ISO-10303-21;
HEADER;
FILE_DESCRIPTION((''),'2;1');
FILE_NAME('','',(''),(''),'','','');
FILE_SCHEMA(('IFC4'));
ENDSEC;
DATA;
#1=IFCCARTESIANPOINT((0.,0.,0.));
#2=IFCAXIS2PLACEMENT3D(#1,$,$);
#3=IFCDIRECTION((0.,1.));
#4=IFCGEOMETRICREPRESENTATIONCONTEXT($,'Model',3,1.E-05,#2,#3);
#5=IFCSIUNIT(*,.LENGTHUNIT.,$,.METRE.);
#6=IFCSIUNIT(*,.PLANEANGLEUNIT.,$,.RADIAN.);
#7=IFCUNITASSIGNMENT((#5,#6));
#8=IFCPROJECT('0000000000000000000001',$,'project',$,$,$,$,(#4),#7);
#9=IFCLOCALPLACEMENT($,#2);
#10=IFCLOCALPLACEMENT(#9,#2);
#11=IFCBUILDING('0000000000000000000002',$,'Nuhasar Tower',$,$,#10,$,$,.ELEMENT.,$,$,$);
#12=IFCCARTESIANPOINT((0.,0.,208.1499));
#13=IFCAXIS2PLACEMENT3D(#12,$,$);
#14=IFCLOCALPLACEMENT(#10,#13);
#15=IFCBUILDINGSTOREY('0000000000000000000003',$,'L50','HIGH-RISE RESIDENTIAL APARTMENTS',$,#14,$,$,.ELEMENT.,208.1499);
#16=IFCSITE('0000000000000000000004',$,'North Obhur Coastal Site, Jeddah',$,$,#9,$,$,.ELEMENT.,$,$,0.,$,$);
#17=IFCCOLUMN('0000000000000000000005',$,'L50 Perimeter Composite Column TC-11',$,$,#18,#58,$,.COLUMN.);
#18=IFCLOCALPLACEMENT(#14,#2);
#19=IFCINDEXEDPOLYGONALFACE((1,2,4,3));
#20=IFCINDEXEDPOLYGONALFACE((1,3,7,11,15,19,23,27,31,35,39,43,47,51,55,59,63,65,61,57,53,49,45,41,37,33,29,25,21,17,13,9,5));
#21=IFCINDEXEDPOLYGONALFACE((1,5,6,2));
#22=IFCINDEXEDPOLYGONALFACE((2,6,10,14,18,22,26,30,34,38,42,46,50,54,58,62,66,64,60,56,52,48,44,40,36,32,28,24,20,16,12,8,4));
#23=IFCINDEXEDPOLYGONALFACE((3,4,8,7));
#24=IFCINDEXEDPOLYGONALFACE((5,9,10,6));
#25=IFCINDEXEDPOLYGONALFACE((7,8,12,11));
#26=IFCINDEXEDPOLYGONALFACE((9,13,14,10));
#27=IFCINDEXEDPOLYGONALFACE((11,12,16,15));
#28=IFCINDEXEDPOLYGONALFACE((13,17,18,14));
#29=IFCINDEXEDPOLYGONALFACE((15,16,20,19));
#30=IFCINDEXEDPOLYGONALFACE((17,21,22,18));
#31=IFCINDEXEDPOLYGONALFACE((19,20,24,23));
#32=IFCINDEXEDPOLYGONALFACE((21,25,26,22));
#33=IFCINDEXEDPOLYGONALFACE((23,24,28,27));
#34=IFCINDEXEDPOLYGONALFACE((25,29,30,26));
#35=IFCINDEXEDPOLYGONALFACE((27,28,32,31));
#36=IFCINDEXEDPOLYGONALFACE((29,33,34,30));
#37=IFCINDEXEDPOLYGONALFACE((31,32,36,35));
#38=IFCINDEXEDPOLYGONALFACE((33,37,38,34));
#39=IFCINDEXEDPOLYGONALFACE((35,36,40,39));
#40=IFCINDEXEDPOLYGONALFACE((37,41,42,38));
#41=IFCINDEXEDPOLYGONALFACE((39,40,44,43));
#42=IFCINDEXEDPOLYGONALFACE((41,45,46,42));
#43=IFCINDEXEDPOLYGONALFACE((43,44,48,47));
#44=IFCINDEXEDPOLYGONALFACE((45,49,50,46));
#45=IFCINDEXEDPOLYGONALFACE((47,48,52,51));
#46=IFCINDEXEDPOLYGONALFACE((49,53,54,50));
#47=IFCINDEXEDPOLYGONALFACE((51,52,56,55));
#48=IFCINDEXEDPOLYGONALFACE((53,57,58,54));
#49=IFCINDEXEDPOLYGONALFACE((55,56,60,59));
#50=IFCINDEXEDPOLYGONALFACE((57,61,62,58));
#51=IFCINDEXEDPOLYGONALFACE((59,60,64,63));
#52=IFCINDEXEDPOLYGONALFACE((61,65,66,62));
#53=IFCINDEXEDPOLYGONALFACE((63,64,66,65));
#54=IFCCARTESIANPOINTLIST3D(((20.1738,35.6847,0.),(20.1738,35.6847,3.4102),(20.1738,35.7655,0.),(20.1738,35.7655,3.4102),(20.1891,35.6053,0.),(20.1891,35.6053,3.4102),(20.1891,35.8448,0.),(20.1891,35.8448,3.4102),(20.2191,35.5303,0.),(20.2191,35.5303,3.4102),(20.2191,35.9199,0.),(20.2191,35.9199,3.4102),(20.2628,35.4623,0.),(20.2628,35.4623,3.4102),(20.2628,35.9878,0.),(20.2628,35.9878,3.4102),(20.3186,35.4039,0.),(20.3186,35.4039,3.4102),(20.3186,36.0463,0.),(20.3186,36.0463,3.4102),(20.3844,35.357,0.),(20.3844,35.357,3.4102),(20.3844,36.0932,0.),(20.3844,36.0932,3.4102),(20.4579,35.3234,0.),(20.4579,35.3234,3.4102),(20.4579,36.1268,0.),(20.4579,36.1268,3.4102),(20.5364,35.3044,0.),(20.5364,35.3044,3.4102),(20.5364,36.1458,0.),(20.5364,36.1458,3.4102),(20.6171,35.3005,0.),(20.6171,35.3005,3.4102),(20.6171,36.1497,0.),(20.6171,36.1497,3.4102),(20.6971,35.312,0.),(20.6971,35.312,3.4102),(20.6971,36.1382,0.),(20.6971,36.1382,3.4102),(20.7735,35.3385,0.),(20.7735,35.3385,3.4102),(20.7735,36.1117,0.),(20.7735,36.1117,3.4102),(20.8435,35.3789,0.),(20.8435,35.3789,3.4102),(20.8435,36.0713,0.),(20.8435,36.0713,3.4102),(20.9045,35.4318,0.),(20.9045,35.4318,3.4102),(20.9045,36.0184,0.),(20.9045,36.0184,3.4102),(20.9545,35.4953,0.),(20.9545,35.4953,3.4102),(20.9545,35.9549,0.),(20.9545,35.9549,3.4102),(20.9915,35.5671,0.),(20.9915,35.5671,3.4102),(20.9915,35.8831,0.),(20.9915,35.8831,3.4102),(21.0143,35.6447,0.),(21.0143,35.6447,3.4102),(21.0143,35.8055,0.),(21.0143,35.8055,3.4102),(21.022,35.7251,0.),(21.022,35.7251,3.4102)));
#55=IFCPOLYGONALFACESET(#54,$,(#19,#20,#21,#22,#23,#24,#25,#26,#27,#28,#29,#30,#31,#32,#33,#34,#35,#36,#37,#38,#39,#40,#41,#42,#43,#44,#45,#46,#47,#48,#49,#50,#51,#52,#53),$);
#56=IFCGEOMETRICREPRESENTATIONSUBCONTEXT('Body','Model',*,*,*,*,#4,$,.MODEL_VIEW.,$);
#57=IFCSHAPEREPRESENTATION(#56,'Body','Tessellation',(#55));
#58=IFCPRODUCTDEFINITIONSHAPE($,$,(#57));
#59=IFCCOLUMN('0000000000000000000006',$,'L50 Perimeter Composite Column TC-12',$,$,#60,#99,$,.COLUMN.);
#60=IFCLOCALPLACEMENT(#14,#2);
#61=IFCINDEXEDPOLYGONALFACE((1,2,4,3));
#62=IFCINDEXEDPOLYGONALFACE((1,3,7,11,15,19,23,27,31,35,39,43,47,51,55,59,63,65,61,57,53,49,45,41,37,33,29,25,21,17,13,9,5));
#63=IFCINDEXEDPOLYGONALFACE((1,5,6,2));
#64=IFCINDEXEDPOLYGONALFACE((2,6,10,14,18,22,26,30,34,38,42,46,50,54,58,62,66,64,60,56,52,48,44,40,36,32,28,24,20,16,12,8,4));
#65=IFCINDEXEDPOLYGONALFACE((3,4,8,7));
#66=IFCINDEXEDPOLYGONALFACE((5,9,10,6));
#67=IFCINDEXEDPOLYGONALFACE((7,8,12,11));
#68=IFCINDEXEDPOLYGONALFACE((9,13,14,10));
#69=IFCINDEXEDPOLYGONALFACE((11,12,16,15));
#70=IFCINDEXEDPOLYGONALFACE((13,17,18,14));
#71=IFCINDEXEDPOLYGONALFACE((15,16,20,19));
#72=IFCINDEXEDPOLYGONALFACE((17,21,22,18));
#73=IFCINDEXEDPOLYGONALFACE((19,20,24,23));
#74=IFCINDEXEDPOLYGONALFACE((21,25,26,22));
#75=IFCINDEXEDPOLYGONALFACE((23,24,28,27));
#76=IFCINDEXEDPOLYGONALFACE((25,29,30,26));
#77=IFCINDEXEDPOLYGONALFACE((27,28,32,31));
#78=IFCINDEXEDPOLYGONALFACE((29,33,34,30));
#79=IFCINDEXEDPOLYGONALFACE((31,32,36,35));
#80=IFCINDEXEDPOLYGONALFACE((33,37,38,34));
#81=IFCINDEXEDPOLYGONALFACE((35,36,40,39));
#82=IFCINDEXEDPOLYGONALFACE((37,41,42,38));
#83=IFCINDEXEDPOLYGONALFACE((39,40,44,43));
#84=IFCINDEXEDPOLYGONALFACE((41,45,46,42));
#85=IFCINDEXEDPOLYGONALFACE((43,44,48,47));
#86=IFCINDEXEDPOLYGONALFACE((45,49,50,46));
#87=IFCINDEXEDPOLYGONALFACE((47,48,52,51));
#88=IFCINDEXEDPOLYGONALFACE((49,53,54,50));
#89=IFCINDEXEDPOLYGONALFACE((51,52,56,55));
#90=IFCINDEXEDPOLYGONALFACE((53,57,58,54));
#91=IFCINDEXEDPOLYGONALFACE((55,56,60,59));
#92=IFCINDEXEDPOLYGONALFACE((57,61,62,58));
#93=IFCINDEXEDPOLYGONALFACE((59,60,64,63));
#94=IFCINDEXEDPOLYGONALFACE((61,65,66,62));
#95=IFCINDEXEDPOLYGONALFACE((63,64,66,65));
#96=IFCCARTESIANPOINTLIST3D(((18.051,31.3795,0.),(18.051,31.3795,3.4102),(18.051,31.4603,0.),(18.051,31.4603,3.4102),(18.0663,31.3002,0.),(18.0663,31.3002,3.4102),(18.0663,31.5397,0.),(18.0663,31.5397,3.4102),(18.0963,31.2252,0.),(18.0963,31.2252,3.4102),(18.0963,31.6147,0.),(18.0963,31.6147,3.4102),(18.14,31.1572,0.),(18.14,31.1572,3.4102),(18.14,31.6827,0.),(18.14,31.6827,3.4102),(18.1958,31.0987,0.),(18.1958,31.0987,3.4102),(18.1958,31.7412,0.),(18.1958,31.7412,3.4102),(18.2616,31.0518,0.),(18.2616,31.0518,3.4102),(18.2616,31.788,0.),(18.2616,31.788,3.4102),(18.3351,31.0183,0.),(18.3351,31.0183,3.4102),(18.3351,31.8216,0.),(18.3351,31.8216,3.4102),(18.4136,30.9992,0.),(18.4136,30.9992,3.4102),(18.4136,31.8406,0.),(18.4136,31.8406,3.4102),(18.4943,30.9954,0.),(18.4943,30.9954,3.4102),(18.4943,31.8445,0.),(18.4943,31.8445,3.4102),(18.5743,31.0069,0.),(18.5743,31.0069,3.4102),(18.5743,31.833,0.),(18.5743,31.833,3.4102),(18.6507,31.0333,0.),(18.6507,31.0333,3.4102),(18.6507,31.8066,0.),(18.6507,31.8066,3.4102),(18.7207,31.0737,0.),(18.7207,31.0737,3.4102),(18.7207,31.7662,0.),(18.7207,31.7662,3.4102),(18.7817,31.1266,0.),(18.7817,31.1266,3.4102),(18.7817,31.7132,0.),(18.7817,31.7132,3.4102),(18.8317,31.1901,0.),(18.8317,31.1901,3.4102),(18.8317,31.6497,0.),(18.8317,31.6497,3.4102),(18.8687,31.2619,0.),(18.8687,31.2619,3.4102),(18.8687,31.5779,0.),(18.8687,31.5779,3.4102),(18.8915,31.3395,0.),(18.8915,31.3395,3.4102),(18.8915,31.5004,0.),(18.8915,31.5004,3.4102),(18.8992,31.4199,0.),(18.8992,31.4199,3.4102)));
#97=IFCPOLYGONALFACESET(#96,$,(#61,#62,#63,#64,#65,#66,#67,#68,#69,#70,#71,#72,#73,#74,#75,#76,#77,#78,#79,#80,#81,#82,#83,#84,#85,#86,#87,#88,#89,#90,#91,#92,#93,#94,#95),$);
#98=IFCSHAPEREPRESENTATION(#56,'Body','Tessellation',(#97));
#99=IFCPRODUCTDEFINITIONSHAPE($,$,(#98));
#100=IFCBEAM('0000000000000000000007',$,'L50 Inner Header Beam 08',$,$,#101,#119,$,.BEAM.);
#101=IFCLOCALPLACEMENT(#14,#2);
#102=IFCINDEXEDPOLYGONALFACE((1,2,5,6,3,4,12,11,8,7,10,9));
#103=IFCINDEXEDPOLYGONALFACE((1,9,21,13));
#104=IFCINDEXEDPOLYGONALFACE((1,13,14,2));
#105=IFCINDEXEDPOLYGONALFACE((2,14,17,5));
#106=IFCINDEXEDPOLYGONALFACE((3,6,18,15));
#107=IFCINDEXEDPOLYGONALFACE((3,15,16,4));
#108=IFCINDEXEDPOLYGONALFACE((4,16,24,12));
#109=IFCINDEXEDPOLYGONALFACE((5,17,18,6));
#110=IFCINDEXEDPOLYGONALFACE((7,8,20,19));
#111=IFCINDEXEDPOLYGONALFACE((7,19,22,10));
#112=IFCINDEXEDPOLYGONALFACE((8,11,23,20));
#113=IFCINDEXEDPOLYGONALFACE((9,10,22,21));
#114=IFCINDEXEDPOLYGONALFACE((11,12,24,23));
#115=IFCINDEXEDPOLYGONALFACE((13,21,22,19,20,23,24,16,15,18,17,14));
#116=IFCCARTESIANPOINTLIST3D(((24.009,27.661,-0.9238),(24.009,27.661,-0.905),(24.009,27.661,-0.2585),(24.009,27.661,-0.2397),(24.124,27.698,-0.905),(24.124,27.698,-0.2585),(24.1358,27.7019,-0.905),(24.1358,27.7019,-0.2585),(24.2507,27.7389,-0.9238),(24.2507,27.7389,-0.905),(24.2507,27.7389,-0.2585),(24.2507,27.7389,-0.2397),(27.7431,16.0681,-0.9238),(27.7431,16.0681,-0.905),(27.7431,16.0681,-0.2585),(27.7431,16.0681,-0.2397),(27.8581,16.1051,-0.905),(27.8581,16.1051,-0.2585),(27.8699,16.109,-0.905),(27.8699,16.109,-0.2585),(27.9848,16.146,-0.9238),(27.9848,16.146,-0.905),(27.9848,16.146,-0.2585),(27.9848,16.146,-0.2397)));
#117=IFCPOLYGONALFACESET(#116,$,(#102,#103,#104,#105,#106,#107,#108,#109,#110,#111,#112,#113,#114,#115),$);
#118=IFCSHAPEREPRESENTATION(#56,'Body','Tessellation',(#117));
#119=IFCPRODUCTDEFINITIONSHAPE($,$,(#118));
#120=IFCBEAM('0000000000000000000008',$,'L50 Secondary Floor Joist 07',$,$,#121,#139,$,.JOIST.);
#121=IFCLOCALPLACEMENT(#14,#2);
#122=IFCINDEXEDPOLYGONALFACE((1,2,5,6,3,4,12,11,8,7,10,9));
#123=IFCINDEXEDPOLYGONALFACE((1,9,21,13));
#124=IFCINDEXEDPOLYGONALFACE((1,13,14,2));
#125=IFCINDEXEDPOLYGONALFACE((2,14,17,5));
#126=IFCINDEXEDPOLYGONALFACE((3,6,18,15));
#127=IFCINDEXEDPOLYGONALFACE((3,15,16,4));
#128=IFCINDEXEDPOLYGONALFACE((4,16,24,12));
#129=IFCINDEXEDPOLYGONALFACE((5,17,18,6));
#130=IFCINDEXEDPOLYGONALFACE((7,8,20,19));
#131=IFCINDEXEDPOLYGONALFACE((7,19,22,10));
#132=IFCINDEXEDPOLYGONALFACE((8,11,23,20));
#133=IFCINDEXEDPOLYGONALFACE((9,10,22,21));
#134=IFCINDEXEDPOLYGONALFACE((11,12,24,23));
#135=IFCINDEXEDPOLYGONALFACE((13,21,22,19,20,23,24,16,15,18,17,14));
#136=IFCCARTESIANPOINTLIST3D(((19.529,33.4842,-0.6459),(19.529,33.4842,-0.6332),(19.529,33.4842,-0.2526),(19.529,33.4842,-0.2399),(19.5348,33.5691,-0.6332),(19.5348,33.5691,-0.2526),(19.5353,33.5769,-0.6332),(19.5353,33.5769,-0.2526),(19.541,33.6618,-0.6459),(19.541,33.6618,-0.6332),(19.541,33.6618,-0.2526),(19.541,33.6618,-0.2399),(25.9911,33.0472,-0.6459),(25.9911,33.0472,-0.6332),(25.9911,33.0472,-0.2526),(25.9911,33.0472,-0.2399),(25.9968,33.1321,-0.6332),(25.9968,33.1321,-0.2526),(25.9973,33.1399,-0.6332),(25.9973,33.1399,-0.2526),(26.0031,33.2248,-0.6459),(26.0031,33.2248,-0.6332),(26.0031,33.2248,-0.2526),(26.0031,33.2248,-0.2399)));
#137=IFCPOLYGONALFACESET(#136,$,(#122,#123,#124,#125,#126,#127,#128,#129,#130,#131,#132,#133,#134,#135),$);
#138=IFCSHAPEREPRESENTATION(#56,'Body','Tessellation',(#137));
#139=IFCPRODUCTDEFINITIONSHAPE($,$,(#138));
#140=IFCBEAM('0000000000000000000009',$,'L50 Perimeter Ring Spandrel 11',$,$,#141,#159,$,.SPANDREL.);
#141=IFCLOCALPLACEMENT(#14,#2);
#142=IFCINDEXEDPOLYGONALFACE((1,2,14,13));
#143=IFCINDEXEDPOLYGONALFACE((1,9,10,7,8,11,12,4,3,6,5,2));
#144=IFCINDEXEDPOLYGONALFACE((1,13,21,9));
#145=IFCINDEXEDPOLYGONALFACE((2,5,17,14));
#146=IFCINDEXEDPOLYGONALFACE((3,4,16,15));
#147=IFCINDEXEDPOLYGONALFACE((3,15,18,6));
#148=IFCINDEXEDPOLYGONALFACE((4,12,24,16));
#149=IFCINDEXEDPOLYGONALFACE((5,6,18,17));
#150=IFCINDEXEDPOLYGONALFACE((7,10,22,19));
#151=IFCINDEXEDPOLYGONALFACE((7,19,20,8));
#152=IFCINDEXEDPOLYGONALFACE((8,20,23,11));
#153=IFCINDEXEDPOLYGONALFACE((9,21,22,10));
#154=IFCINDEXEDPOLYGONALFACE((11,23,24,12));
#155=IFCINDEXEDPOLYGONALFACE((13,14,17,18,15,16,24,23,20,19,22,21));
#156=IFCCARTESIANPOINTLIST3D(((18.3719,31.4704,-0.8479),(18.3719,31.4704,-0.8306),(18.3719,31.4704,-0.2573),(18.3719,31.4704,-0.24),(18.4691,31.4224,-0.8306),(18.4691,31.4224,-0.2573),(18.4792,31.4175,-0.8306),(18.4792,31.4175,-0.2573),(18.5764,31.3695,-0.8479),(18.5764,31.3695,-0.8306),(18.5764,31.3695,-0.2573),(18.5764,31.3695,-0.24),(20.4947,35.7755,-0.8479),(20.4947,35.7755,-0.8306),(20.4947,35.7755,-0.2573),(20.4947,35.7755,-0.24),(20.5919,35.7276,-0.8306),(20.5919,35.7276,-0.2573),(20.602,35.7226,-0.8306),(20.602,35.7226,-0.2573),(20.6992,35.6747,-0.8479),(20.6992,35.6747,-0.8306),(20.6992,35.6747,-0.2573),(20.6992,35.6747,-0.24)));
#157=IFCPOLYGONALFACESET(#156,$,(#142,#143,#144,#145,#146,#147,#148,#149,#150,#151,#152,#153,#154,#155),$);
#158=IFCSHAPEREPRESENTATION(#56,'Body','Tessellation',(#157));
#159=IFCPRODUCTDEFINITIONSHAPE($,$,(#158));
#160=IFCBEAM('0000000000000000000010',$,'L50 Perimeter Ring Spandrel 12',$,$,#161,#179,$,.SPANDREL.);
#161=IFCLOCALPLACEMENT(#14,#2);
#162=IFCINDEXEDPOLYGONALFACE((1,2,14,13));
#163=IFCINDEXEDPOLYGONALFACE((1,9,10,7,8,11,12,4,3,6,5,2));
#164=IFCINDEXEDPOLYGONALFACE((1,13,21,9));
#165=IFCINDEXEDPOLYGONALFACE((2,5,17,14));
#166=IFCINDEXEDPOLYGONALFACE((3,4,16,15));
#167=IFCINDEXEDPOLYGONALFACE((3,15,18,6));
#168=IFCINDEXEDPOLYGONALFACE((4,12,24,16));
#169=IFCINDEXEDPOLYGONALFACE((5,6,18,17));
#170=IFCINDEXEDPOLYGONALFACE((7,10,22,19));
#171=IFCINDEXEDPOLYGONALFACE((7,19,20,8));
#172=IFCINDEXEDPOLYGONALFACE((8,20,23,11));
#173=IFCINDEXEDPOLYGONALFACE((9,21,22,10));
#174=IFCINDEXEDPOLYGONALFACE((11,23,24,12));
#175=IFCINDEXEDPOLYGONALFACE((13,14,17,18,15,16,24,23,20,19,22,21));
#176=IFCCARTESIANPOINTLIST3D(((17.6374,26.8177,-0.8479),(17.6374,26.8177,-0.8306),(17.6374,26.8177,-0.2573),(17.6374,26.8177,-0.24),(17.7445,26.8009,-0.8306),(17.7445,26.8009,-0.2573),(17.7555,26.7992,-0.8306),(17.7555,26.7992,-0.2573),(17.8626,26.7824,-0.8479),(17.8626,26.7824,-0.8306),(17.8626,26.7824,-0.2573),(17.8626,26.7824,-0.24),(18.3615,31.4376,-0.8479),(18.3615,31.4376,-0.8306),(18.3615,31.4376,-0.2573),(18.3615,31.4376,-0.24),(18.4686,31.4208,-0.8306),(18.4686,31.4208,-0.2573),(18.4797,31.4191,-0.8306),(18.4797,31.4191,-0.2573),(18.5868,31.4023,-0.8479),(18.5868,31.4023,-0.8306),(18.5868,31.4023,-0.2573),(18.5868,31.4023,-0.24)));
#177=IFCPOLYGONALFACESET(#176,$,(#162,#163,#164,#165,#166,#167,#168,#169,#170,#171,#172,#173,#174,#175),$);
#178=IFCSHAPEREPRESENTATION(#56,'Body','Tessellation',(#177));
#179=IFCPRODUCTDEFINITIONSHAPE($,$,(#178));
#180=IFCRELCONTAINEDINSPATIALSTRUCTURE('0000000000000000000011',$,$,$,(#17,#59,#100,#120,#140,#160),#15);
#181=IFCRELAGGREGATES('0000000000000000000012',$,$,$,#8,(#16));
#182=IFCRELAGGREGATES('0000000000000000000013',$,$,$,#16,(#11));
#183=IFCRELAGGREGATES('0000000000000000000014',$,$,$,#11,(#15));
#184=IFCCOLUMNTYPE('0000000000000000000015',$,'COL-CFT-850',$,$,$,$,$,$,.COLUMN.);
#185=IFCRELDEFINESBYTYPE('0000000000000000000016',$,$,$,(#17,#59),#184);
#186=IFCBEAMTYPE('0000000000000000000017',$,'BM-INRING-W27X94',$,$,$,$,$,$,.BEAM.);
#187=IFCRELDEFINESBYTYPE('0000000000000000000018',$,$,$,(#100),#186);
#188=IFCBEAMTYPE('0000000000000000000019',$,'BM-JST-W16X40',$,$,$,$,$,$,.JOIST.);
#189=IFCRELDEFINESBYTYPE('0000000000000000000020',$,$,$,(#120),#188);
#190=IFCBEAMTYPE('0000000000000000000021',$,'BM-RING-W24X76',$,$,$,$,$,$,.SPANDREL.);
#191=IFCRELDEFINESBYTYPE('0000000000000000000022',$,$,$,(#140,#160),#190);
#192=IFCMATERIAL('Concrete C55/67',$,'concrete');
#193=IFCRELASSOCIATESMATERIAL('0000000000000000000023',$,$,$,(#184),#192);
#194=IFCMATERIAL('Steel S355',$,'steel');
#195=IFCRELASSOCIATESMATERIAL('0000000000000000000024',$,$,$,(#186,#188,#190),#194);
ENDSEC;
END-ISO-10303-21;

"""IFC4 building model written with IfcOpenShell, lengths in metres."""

from ifc_helpers import new_model, si_unit, direction, frame, origin, origin_2d, place, context, subcontext, project, spatial, circle, i_section, extrude, material, material_profile, profile_set, type_object, element, save


model = new_model("IFC4")

# Units and contexts
model_context = context("Model", 3, precision=1e-05, world=origin(), true_north=direction((0.0, 1.0)))
body_context = subcontext(model_context, "Body", "Model", "MODEL_VIEW")
ifc_project = project(units=[si_unit("LENGTHUNIT", "METRE"), si_unit("PLANEANGLEUNIT", "RADIAN")], contexts=[model_context])

# Site, building, storey
site_placement = place(None, origin())
site = spatial("IfcSite", under=ifc_project, at=site_placement, Name="North Obhur Coastal Site, Jeddah", CompositionType="ELEMENT", RefElevation=0.0)
building_placement = place(site_placement, origin())
building = spatial("IfcBuilding", under=site, at=building_placement, Name="Nuhasar Tower", CompositionType="ELEMENT")
storey_placement = place(building_placement, frame((0.0, 0.0, 208.1499)))
storey = spatial("IfcBuildingStorey", under=building, at=storey_placement, Name="L50", Description="HIGH-RISE RESIDENTIAL APARTMENTS", CompositionType="ELEMENT", Elevation=208.1499)

# Columns
ifc_material_1 = material(Name="Concrete C55/67", Category="concrete")
ifc_material_profile_1 = material_profile(ifc_material_1, circle(Radius=0.425, at=origin_2d()), Name="CFT850")
ifc_profile_set_1 = profile_set([ifc_material_profile_1], Name="Concrete C55/67")
column_type = type_object("IfcColumnType", Name="COL-CFT-850", PredefinedType="COLUMN", material=ifc_profile_set_1)
for number, where, z_axis, x_axis, name in (
    (1, (20.5969, 35.7251, 0.0), (0.0, 0.0, 1.0), (1.0, 0.0, 0.0), "L50 Perimeter Composite Column TC-11"),
    (2, (18.4741, 31.4199, 0.0), (0.0, 0.0, 1.0), (1.0, 0.0, 0.0), "L50 Perimeter Composite Column TC-12"),
):
    element("IfcColumn", number, at=place(storey_placement, frame(where, z_axis=z_axis, x_axis=x_axis)), inside=storey, type_object=column_type, Name=name, PredefinedType="COLUMN", context=body_context, shape_type="SweptSolid", body=[
        extrude(circle(Radius=0.425, at=origin_2d()), origin(), (0.0, 0.0, 1.0), 3.4102),
    ])

# Beams
ifc_material_2 = material(Name="Steel S355", Category="steel")
ifc_material_profile_2 = material_profile(ifc_material_2, i_section(OverallWidth=0.2539, OverallDepth=0.6841, WebThickness=0.0125, FlangeThickness=0.0188, at=origin_2d()), Name="W27X94")
ifc_profile_set_2 = profile_set([ifc_material_profile_2], Name="Steel S355")
beam_type_1 = type_object("IfcBeamType", Name="BM-INRING-W27X94", PredefinedType="BEAM", material=ifc_profile_set_2)
beam_1_placement = place(storey_placement, frame((24.1299, 27.7, -0.5818), z_axis=(0.30659, -0.951842, 0.0), x_axis=(0.951842, 0.30659, 0.0)))
element("IfcBeam", 3, at=beam_1_placement, inside=storey, type_object=beam_type_1, Name="L50 Inner Header Beam 08", PredefinedType="BEAM", context=body_context, shape_type="SweptSolid", body=[
    extrude(i_section(OverallWidth=0.2539, OverallDepth=0.6841, WebThickness=0.0125, FlangeThickness=0.0188, at=origin_2d()), origin(), (0.0, 0.0, 1.0), 12.1794),
])
ifc_material_profile_3 = material_profile(ifc_material_2, i_section(OverallWidth=0.178, OverallDepth=0.406, WebThickness=0.0078, FlangeThickness=0.0127, at=origin_2d()), Name="W16X40")
ifc_profile_set_3 = profile_set([ifc_material_profile_3], Name="Steel S355")
beam_type_2 = type_object("IfcBeamType", Name="BM-JST-W16X40", PredefinedType="JOIST", material=ifc_profile_set_3)
beam_2_placement = place(storey_placement, frame((25.9971, 33.136, -0.4429), z_axis=(-0.997721, 0.067472, 0.0), x_axis=(-0.067472, -0.997721, 0.0)))
element("IfcBeam", 4, at=beam_2_placement, inside=storey, type_object=beam_type_2, Name="L50 Secondary Floor Joist 07", PredefinedType="JOIST", context=body_context, shape_type="SweptSolid", body=[
    extrude(i_section(OverallWidth=0.178, OverallDepth=0.406, WebThickness=0.0078, FlangeThickness=0.0127, at=origin_2d()), origin(), (0.0, 0.0, 1.0), 6.4768),
])
ifc_material_profile_4 = material_profile(ifc_material_2, i_section(OverallWidth=0.228, OverallDepth=0.6079, WebThickness=0.0112, FlangeThickness=0.0173, at=origin_2d()), Name="W24X76")
ifc_profile_set_4 = profile_set([ifc_material_profile_4], Name="Steel S355")
beam_type_3 = type_object("IfcBeamType", Name="BM-RING-W24X76", PredefinedType="SPANDREL", material=ifc_profile_set_4)
beam_3_placement = place(storey_placement, frame((20.5969, 35.7251, -0.5439), z_axis=(-0.442243, -0.896895, 0.0), x_axis=(0.896895, -0.442243, 0.0)))
element("IfcBeam", 5, at=beam_3_placement, inside=storey, type_object=beam_type_3, Name="L50 Perimeter Ring Spandrel 11", PredefinedType="SPANDREL", context=body_context, shape_type="SweptSolid", body=[
    extrude(i_section(OverallWidth=0.228, OverallDepth=0.6079, WebThickness=0.0112, FlangeThickness=0.0173, at=origin_2d()), origin(), (0.0, 0.0, 1.0), 4.8),
])
beam_4_placement = place(storey_placement, frame((18.4741, 31.4199, -0.5439), z_axis=(-0.15485, -0.987938, 0.0), x_axis=(0.987938, -0.15485, 0.0)))
element("IfcBeam", 6, at=beam_4_placement, inside=storey, type_object=beam_type_3, Name="L50 Perimeter Ring Spandrel 12", PredefinedType="SPANDREL", context=body_context, shape_type="SweptSolid", body=[
    extrude(i_section(OverallWidth=0.228, OverallDepth=0.6079, WebThickness=0.0112, FlangeThickness=0.0173, at=origin_2d()), origin(), (0.0, 0.0, 1.0), 4.6763),
])

save(model, "model.ifc")
